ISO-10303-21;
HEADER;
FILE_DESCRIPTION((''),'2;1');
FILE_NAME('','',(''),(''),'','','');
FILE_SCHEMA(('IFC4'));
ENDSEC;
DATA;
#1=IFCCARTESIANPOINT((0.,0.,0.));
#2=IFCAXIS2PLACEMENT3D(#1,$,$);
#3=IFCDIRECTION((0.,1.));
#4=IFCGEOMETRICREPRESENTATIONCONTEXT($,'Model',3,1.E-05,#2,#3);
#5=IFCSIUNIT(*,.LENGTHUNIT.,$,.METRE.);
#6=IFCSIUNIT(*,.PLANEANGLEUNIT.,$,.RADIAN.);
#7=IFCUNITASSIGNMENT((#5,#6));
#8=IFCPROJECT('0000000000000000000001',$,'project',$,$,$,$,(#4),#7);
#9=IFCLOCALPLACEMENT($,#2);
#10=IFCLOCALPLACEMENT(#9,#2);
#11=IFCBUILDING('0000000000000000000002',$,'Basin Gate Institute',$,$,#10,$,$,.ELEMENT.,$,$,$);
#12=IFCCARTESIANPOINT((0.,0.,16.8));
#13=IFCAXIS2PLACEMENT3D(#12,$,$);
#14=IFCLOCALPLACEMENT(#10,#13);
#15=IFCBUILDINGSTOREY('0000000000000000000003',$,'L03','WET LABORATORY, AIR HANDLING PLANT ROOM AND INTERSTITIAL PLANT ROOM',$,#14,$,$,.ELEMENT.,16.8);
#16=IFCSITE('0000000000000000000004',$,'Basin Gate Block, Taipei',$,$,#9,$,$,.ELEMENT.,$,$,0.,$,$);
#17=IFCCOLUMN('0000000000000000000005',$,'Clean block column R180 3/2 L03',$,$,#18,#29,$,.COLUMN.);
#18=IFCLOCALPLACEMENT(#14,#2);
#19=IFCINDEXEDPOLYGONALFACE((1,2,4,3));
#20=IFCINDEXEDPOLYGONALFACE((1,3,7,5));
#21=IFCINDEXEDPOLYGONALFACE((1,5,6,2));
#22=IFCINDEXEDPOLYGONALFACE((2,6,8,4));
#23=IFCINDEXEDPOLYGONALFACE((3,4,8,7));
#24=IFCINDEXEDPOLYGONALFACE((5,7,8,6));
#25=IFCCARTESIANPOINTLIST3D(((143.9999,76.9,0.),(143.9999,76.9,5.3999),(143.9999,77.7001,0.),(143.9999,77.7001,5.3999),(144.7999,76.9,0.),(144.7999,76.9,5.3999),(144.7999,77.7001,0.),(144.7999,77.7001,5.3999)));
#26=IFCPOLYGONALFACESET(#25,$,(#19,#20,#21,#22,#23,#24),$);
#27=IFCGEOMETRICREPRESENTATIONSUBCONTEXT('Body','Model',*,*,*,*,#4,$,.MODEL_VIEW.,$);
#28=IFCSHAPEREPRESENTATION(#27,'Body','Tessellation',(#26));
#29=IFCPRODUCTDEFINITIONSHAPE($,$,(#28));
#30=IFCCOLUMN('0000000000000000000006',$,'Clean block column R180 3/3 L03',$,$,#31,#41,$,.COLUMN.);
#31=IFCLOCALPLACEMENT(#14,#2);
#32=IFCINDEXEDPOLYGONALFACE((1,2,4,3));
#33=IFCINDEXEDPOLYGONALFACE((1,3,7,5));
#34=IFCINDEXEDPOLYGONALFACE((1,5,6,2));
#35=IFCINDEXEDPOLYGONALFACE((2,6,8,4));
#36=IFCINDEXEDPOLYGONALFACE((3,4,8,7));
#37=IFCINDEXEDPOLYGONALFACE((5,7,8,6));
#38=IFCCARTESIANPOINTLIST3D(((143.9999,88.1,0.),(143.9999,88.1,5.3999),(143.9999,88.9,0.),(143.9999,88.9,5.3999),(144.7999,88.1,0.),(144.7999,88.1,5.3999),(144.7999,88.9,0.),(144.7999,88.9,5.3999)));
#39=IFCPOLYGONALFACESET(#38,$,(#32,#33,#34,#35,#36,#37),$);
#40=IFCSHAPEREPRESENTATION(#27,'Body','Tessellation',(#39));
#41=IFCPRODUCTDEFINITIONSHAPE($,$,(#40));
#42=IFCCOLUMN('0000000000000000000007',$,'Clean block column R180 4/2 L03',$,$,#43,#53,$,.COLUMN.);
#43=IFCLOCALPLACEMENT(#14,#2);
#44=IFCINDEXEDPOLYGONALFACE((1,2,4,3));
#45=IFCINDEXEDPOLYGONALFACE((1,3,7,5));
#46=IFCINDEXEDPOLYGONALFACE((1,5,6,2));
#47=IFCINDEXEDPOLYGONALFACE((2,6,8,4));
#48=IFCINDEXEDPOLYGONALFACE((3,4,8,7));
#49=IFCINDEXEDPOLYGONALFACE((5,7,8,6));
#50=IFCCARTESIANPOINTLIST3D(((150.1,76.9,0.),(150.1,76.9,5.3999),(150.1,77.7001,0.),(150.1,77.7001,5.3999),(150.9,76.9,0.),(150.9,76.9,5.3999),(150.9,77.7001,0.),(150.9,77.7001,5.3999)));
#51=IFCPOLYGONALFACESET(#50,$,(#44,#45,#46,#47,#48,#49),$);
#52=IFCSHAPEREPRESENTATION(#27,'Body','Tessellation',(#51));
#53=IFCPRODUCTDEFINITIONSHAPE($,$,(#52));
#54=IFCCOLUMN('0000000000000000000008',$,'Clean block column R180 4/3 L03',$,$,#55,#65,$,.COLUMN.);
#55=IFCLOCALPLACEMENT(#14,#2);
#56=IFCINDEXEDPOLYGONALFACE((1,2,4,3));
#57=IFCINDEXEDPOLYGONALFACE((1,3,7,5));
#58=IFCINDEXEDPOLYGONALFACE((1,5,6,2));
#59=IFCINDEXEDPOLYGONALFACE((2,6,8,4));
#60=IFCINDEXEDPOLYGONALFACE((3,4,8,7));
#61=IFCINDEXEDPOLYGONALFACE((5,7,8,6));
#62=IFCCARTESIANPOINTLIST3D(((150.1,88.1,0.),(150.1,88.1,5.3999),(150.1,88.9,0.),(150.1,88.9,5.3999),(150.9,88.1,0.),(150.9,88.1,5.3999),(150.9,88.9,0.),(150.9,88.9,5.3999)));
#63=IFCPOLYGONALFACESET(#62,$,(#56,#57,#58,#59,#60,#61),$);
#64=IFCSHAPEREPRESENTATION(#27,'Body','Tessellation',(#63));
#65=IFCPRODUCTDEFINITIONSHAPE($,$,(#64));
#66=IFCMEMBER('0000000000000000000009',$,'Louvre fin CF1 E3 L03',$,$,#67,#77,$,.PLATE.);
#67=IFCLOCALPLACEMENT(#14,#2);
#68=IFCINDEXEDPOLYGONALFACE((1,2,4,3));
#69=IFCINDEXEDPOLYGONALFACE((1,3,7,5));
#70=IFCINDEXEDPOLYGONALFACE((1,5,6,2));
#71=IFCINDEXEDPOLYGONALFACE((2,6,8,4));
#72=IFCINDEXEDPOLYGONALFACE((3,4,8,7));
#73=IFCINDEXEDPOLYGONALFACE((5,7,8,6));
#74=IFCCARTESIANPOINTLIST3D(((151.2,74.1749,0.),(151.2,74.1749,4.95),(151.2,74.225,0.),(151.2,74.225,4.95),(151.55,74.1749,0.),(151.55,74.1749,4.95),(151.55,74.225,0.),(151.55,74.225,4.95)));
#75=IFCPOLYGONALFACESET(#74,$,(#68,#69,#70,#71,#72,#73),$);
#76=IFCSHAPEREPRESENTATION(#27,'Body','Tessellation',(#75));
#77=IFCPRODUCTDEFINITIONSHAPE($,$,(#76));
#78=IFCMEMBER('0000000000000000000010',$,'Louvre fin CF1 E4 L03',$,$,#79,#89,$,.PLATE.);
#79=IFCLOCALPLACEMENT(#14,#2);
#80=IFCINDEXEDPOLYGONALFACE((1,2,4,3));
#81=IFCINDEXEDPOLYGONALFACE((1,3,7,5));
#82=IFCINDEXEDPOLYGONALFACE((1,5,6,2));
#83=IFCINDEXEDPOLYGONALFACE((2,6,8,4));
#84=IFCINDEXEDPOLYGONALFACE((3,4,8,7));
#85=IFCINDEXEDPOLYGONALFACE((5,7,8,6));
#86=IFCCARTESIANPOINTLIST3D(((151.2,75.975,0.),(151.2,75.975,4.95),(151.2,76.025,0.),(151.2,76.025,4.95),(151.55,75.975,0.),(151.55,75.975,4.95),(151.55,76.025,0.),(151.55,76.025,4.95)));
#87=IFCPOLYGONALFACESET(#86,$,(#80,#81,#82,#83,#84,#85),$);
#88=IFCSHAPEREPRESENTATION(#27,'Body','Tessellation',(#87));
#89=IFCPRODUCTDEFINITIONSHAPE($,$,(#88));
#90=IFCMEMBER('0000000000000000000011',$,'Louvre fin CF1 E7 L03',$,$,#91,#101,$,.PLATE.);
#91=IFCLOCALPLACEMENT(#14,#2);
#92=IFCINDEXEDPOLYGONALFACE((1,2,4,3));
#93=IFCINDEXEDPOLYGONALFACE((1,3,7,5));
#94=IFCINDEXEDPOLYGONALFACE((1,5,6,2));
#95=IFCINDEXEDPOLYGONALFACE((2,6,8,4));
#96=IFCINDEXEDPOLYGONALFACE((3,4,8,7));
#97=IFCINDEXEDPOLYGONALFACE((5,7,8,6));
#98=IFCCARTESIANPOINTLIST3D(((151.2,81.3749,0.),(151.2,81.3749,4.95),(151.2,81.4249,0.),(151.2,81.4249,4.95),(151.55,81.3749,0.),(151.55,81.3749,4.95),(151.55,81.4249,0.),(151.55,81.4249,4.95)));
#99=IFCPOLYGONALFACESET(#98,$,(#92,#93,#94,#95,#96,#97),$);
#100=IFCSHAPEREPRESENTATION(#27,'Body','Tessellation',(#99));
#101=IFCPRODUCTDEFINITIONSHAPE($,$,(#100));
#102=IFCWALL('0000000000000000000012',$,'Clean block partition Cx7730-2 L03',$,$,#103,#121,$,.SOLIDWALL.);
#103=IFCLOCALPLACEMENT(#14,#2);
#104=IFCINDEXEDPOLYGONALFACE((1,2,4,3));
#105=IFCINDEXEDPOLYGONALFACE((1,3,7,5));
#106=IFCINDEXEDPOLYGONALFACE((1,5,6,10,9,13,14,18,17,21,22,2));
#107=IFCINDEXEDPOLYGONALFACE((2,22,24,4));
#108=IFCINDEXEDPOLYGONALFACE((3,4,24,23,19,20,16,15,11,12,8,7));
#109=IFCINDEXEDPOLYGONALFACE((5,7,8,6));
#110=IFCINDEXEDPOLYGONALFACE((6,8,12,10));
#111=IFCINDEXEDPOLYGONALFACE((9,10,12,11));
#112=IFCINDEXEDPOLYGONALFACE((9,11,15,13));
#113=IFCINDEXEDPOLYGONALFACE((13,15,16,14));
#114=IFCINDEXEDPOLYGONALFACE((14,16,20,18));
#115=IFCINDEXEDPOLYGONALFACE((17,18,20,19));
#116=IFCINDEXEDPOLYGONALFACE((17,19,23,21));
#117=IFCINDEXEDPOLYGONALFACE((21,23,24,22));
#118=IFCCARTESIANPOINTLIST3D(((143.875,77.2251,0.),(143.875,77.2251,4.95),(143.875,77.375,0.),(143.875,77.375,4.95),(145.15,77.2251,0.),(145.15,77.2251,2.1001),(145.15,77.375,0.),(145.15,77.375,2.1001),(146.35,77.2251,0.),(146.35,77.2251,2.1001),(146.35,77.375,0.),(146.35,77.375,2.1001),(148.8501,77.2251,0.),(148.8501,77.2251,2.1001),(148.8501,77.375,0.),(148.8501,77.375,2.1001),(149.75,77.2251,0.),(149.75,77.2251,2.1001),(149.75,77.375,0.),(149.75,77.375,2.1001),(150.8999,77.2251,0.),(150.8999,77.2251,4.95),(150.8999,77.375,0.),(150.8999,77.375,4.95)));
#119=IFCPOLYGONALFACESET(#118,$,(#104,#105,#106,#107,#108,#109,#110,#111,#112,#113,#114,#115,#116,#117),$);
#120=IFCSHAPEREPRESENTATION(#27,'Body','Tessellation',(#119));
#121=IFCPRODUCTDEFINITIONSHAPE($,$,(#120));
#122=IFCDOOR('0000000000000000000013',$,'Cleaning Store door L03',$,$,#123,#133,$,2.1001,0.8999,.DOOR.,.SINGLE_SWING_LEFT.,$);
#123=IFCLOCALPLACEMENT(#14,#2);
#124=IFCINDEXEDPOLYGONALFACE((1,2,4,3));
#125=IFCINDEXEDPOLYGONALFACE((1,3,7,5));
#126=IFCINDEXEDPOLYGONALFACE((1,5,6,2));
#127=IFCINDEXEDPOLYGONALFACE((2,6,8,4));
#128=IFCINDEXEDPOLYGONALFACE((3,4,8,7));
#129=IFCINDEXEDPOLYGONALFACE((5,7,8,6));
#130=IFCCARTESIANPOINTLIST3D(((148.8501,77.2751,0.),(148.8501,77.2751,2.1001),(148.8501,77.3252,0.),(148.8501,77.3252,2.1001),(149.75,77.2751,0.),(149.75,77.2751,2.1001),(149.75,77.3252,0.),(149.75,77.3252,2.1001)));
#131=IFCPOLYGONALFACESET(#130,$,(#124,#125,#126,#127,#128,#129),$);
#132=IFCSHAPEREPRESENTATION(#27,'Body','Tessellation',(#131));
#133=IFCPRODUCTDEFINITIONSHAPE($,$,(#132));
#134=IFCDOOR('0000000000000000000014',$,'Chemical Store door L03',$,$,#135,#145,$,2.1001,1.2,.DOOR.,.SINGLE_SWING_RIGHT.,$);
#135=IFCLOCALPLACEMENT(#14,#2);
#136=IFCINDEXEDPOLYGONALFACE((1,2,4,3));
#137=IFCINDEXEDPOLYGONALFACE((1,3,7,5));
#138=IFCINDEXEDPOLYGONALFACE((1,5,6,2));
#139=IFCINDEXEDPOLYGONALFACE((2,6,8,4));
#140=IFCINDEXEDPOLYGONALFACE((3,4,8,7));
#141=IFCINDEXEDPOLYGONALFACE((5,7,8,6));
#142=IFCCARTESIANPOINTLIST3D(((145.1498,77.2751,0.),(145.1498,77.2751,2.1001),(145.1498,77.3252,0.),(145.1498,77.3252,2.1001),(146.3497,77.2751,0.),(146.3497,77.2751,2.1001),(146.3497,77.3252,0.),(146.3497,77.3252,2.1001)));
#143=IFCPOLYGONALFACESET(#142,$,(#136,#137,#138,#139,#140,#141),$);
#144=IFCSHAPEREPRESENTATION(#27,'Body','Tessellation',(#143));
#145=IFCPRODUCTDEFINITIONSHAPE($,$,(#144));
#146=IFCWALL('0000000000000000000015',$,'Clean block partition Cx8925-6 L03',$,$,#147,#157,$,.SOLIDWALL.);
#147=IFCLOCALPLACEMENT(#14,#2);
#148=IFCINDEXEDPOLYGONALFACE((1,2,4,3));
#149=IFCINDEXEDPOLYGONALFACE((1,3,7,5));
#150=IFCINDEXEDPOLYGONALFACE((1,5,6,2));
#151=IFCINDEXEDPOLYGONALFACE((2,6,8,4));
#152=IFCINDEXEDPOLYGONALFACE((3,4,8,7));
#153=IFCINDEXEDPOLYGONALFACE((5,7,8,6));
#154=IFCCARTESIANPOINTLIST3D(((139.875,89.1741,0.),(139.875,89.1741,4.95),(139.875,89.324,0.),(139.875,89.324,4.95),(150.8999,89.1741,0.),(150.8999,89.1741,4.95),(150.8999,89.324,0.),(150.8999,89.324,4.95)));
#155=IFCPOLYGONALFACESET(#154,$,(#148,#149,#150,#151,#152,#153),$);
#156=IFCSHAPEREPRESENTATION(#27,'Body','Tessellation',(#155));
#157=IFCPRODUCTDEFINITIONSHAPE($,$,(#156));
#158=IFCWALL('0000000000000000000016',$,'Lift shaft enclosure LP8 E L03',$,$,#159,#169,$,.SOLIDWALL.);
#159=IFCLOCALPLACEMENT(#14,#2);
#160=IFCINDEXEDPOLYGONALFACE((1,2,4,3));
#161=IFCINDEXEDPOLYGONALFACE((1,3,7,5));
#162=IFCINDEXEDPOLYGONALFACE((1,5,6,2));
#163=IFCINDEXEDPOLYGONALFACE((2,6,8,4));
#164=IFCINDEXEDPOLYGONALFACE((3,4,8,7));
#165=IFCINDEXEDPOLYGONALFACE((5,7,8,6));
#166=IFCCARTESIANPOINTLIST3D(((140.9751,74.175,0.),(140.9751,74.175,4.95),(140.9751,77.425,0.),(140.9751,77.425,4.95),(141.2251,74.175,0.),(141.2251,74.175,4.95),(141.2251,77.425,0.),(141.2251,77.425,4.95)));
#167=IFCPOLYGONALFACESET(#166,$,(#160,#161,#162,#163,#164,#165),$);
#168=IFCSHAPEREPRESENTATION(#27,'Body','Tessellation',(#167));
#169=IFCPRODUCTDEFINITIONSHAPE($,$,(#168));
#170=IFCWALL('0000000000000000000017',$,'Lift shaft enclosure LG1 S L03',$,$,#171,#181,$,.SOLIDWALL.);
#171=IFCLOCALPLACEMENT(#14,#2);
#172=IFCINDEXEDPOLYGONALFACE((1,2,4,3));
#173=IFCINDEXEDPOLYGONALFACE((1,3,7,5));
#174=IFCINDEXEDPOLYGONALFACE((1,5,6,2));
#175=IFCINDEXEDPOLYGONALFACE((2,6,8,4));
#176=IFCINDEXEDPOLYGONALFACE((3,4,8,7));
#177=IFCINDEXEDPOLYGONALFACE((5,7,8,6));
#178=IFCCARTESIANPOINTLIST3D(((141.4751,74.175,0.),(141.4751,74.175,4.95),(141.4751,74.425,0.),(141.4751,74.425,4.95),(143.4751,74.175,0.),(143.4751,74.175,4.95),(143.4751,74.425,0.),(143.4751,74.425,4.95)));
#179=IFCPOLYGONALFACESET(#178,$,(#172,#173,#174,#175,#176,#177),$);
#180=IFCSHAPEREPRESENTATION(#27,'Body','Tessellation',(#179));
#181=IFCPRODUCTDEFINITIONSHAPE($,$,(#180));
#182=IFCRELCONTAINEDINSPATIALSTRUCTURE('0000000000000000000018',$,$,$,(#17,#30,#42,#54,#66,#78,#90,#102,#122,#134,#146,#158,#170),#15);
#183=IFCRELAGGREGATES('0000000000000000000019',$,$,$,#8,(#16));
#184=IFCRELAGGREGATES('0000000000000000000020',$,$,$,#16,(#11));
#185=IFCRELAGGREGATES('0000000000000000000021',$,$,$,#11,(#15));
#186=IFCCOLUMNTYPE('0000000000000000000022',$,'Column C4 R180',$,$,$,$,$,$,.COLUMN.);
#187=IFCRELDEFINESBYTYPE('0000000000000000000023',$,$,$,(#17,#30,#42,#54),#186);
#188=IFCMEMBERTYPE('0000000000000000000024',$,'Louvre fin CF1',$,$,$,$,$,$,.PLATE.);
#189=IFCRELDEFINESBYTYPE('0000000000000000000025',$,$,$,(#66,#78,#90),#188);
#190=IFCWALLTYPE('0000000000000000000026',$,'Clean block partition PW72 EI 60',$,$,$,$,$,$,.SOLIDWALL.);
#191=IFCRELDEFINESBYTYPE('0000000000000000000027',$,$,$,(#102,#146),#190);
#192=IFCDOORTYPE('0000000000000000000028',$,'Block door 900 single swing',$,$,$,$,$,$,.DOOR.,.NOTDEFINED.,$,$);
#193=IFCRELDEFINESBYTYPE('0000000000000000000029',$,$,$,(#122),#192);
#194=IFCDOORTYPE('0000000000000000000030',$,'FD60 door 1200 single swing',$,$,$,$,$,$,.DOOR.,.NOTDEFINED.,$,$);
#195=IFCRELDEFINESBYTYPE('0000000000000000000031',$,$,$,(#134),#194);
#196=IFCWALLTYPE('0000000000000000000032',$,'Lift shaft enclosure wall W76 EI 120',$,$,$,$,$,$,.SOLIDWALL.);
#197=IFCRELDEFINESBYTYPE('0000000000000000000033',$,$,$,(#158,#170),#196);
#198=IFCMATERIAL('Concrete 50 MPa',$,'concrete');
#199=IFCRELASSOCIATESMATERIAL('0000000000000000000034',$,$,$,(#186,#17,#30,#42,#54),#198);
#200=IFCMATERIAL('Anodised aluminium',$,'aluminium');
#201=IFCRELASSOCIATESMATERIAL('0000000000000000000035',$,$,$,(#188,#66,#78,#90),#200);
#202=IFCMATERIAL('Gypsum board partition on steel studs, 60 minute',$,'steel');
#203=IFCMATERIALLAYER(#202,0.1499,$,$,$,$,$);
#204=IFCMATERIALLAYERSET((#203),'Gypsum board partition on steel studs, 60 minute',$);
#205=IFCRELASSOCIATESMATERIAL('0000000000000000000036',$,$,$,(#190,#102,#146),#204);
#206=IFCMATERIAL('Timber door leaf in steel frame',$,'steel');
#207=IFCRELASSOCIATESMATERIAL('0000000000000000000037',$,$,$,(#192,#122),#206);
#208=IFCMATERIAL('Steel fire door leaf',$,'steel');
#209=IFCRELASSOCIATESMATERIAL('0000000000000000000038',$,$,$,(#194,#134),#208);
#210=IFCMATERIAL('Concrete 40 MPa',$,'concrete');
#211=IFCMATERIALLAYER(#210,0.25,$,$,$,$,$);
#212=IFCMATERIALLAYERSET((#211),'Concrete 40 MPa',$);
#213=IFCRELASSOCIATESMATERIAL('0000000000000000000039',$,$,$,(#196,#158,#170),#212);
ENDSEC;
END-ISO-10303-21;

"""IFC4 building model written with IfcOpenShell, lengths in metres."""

from ifc_helpers import new_model, si_unit, direction, frame, frame_2d, origin, origin_2d, place, context, subcontext, project, spatial, rectangle, extrude, material, layer, layer_set, material_profile, profile_set, type_object, element, fill, save


model = new_model("IFC4")

# Units and contexts
model_context = context("Model", 3, precision=1e-05, world=origin(), true_north=direction((0.0, 1.0)))
body_context = subcontext(model_context, "Body", "Model", "MODEL_VIEW")
ifc_project = project(units=[si_unit("LENGTHUNIT", "METRE"), si_unit("PLANEANGLEUNIT", "RADIAN")], contexts=[model_context])

# Site, building, storey
site_placement = place(None, origin())
site = spatial("IfcSite", under=ifc_project, at=site_placement, Name="Basin Gate Block, Taipei", CompositionType="ELEMENT", RefElevation=0.0)
building_placement = place(site_placement, origin())
building = spatial("IfcBuilding", under=site, at=building_placement, Name="Basin Gate Institute", CompositionType="ELEMENT")
storey_placement = place(building_placement, frame((0.0, 0.0, 16.8)))
storey = spatial("IfcBuildingStorey", under=building, at=storey_placement, Name="L03", Description="WET LABORATORY, AIR HANDLING PLANT ROOM AND INTERSTITIAL PLANT ROOM", CompositionType="ELEMENT", Elevation=16.8)

# Columns
ifc_material_1 = material(Name="Concrete 50 MPa", Category="concrete")
ifc_material_profile_1 = material_profile(ifc_material_1, rectangle(XDim=0.8, YDim=0.8, at=origin_2d()), Name="Column C4 800 x 800")
ifc_profile_set_1 = profile_set([ifc_material_profile_1], Name="Concrete 50 MPa")
column_type = type_object("IfcColumnType", Name="Column C4 R180", PredefinedType="COLUMN", material=ifc_profile_set_1)
for number, where, z_axis, x_axis, name in (
    (1, (144.3999, 77.3, 0.0), (0.0, 0.0, 1.0), (1.0, 0.0, 0.0), "Clean block column R180 3/2 L03"),
    (2, (144.3999, 88.5, 0.0), (0.0, 0.0, 1.0), (1.0, 0.0, 0.0), "Clean block column R180 3/3 L03"),
    (3, (150.5, 77.3, 0.0), (0.0, 0.0, 1.0), (1.0, 0.0, 0.0), "Clean block column R180 4/2 L03"),
    (4, (150.5, 88.5, 0.0), (0.0, 0.0, 1.0), (1.0, 0.0, 0.0), "Clean block column R180 4/3 L03"),
):
    element("IfcColumn", number, at=place(storey_placement, frame(where, z_axis=z_axis, x_axis=x_axis)), inside=storey, type_object=column_type, material=ifc_profile_set_1, Name=name, PredefinedType="COLUMN", context=body_context, shape_type="SweptSolid", body=[
        extrude(rectangle(XDim=0.8, YDim=0.8, at=origin_2d()), origin(), (0.0, 0.0, 1.0), 5.3999),
    ])

# Members
ifc_material_2 = material(Name="Anodised aluminium", Category="aluminium")
ifc_material_profile_2 = material_profile(ifc_material_2, rectangle(XDim=0.05, YDim=0.3501, at=origin_2d()), Name="Louvre fin CF1 50 x 350")
ifc_profile_set_2 = profile_set([ifc_material_profile_2], Name="Anodised aluminium")
member_type = type_object("IfcMemberType", Name="Louvre fin CF1", PredefinedType="PLATE", material=ifc_profile_set_2)
for number, where, z_axis, x_axis, name in (
    (5, (151.375, 74.2, 0.0), (0.0, 0.0, 1.0), (0.0, 1.0, 0.0), "Louvre fin CF1 E3 L03"),
    (6, (151.375, 76.0, 0.0), (0.0, 0.0, 1.0), (0.0, 1.0, 0.0), "Louvre fin CF1 E4 L03"),
    (7, (151.375, 81.3999, 0.0), (0.0, 0.0, 1.0), (0.0, 1.0, 0.0), "Louvre fin CF1 E7 L03"),
):
    element("IfcMember", number, at=place(storey_placement, frame(where, z_axis=z_axis, x_axis=x_axis)), inside=storey, type_object=member_type, material=ifc_profile_set_2, Name=name, PredefinedType="PLATE", context=body_context, shape_type="SweptSolid", body=[
        extrude(rectangle(XDim=0.05, YDim=0.3501, at=origin_2d()), origin(), (0.0, 0.0, 1.0), 4.95),
    ])

# Wall, openings, doors
ifc_material_3 = material(Name="Gypsum board partition on steel studs, 60 minute", Category="steel")
ifc_layer_1 = layer(ifc_material_3, 0.1499)
ifc_layer_set_1 = layer_set([ifc_layer_1], Name="Gypsum board partition on steel studs, 60 minute")
wall_type_1 = type_object("IfcWallType", Name="Clean block partition PW72 EI 60", PredefinedType="SOLIDWALL", material=ifc_layer_set_1)
wall_1_placement = place(storey_placement, frame((143.875, 77.3, 0.0), z_axis=(0.0, 0.0, 1.0), x_axis=(1.0, 0.0, 0.0)))
wall_1 = element("IfcWall", 8, at=wall_1_placement, inside=storey, type_object=wall_type_1, material=ifc_layer_set_1, Name="Clean block partition Cx7730-2 L03", PredefinedType="SOLIDWALL", context=body_context, shape_type="SweptSolid", body=[
    extrude(rectangle(XDim=7.0249, YDim=0.1499, at=frame_2d((3.5125, 0.0))), origin(), (0.0, 0.0, 1.0), 4.95),
])
opening_1_placement = place(wall_1_placement, frame((1.2749, 0.0, 0.0)))
opening_1 = element("IfcOpeningElement", 9, at=opening_1_placement, cuts=wall_1, PredefinedType="OPENING", context=body_context, shape_type="SweptSolid", body=[
    extrude(rectangle(XDim=1.2, YDim=2.1001, at=frame_2d((0.6001, 1.05))), frame((0.0, 0.085, 0.0), z_axis=(0.0, -1.0, 0.0), x_axis=(1.0, 0.0, 0.0)), (0.0, 0.0, 1.0), 0.1699),
])
opening_2_placement = place(wall_1_placement, frame((4.9751, 0.0, 0.0)))
opening_2 = element("IfcOpeningElement", 10, at=opening_2_placement, cuts=wall_1, PredefinedType="OPENING", context=body_context, shape_type="SweptSolid", body=[
    extrude(rectangle(XDim=0.8999, YDim=2.1001, at=frame_2d((0.45, 1.05))), frame((0.0, 0.085, 0.0), z_axis=(0.0, -1.0, 0.0), x_axis=(1.0, 0.0, 0.0)), (0.0, 0.0, 1.0), 0.1699),
])
ifc_material_4 = material(Name="Timber door leaf in steel frame", Category="steel")
door_type_1 = type_object("IfcDoorType", Name="Block door 900 single swing", OperationType="NOTDEFINED", PredefinedType="DOOR", material=ifc_material_4)
door_1_placement = place(opening_2_placement, frame((0.8999, 0.0, 0.0), z_axis=(0.0, 0.0, 1.0), x_axis=(-1.0, 0.0, 0.0)))
door_1 = element("IfcDoor", 11, at=door_1_placement, inside=storey, type_object=door_type_1, material=ifc_material_4, Name="Cleaning Store door L03", OperationType="SINGLE_SWING_LEFT", OverallHeight=2.1001, OverallWidth=0.8999, PredefinedType="DOOR", context=body_context, shape_type="SweptSolid", body=[
    extrude(rectangle(XDim=0.8999, YDim=2.1001, at=frame_2d((0.45, 1.05))), frame((0.0, 0.0249, 0.0), z_axis=(0.0, -1.0, 0.0), x_axis=(1.0, 0.0, 0.0)), (0.0, 0.0, 1.0), 0.05),
])
fill(opening_2, door_1)
ifc_material_5 = material(Name="Steel fire door leaf", Category="steel")
door_type_2 = type_object("IfcDoorType", Name="FD60 door 1200 single swing", OperationType="NOTDEFINED", PredefinedType="DOOR", material=ifc_material_5)
door_2_placement = place(opening_1_placement, frame((1.2, 0.0, 0.0), z_axis=(0.0, 0.0, 1.0), x_axis=(-1.0, 0.0, 0.0)))
door_2 = element("IfcDoor", 12, at=door_2_placement, inside=storey, type_object=door_type_2, material=ifc_material_5, Name="Chemical Store door L03", OperationType="SINGLE_SWING_RIGHT", OverallHeight=2.1001, OverallWidth=1.2, PredefinedType="DOOR", context=body_context, shape_type="SweptSolid", body=[
    extrude(rectangle(XDim=1.2, YDim=2.1001, at=frame_2d((0.6001, 1.05))), frame((0.0, 0.0249, 0.0), z_axis=(0.0, -1.0, 0.0), x_axis=(1.0, 0.0, 0.0)), (0.0, 0.0, 1.0), 0.05),
])
fill(opening_1, door_2)

# Walls
wall_2_placement = place(storey_placement, frame((139.875, 89.249, 0.0), z_axis=(0.0, 0.0, 1.0), x_axis=(1.0, 0.0, 0.0)))
element("IfcWall", 13, at=wall_2_placement, inside=storey, type_object=wall_type_1, material=ifc_layer_set_1, Name="Clean block partition Cx8925-6 L03", PredefinedType="SOLIDWALL", context=body_context, shape_type="SweptSolid", body=[
    extrude(rectangle(XDim=11.0249, YDim=0.1499, at=frame_2d((5.5125, 0.0))), origin(), (0.0, 0.0, 1.0), 4.95),
])
ifc_material_6 = material(Name="Concrete 40 MPa", Category="concrete")
ifc_layer_2 = layer(ifc_material_6, 0.25)
ifc_layer_set_2 = layer_set([ifc_layer_2], Name="Concrete 40 MPa")
wall_type_2 = type_object("IfcWallType", Name="Lift shaft enclosure wall W76 EI 120", PredefinedType="SOLIDWALL", material=ifc_layer_set_2)
wall_3_placement = place(storey_placement, frame((141.1001, 74.175, 0.0), z_axis=(0.0, 0.0, 1.0), x_axis=(0.0, 1.0, 0.0)))
element("IfcWall", 14, at=wall_3_placement, inside=storey, type_object=wall_type_2, material=ifc_layer_set_2, Name="Lift shaft enclosure LP8 E L03", PredefinedType="SOLIDWALL", context=body_context, shape_type="SweptSolid", body=[
    extrude(rectangle(XDim=3.25, YDim=0.25, at=frame_2d((1.625, 0.0))), origin(), (0.0, 0.0, 1.0), 4.95),
])
wall_4_placement = place(storey_placement, frame((141.4751, 74.3, 0.0), z_axis=(0.0, 0.0, 1.0), x_axis=(1.0, 0.0, 0.0)))
element("IfcWall", 15, at=wall_4_placement, inside=storey, type_object=wall_type_2, material=ifc_layer_set_2, Name="Lift shaft enclosure LG1 S L03", PredefinedType="SOLIDWALL", context=body_context, shape_type="SweptSolid", body=[
    extrude(rectangle(XDim=2.0, YDim=0.25, at=frame_2d((1.0, 0.0))), origin(), (0.0, 0.0, 1.0), 4.95),
])

save(model, "model.ifc")
